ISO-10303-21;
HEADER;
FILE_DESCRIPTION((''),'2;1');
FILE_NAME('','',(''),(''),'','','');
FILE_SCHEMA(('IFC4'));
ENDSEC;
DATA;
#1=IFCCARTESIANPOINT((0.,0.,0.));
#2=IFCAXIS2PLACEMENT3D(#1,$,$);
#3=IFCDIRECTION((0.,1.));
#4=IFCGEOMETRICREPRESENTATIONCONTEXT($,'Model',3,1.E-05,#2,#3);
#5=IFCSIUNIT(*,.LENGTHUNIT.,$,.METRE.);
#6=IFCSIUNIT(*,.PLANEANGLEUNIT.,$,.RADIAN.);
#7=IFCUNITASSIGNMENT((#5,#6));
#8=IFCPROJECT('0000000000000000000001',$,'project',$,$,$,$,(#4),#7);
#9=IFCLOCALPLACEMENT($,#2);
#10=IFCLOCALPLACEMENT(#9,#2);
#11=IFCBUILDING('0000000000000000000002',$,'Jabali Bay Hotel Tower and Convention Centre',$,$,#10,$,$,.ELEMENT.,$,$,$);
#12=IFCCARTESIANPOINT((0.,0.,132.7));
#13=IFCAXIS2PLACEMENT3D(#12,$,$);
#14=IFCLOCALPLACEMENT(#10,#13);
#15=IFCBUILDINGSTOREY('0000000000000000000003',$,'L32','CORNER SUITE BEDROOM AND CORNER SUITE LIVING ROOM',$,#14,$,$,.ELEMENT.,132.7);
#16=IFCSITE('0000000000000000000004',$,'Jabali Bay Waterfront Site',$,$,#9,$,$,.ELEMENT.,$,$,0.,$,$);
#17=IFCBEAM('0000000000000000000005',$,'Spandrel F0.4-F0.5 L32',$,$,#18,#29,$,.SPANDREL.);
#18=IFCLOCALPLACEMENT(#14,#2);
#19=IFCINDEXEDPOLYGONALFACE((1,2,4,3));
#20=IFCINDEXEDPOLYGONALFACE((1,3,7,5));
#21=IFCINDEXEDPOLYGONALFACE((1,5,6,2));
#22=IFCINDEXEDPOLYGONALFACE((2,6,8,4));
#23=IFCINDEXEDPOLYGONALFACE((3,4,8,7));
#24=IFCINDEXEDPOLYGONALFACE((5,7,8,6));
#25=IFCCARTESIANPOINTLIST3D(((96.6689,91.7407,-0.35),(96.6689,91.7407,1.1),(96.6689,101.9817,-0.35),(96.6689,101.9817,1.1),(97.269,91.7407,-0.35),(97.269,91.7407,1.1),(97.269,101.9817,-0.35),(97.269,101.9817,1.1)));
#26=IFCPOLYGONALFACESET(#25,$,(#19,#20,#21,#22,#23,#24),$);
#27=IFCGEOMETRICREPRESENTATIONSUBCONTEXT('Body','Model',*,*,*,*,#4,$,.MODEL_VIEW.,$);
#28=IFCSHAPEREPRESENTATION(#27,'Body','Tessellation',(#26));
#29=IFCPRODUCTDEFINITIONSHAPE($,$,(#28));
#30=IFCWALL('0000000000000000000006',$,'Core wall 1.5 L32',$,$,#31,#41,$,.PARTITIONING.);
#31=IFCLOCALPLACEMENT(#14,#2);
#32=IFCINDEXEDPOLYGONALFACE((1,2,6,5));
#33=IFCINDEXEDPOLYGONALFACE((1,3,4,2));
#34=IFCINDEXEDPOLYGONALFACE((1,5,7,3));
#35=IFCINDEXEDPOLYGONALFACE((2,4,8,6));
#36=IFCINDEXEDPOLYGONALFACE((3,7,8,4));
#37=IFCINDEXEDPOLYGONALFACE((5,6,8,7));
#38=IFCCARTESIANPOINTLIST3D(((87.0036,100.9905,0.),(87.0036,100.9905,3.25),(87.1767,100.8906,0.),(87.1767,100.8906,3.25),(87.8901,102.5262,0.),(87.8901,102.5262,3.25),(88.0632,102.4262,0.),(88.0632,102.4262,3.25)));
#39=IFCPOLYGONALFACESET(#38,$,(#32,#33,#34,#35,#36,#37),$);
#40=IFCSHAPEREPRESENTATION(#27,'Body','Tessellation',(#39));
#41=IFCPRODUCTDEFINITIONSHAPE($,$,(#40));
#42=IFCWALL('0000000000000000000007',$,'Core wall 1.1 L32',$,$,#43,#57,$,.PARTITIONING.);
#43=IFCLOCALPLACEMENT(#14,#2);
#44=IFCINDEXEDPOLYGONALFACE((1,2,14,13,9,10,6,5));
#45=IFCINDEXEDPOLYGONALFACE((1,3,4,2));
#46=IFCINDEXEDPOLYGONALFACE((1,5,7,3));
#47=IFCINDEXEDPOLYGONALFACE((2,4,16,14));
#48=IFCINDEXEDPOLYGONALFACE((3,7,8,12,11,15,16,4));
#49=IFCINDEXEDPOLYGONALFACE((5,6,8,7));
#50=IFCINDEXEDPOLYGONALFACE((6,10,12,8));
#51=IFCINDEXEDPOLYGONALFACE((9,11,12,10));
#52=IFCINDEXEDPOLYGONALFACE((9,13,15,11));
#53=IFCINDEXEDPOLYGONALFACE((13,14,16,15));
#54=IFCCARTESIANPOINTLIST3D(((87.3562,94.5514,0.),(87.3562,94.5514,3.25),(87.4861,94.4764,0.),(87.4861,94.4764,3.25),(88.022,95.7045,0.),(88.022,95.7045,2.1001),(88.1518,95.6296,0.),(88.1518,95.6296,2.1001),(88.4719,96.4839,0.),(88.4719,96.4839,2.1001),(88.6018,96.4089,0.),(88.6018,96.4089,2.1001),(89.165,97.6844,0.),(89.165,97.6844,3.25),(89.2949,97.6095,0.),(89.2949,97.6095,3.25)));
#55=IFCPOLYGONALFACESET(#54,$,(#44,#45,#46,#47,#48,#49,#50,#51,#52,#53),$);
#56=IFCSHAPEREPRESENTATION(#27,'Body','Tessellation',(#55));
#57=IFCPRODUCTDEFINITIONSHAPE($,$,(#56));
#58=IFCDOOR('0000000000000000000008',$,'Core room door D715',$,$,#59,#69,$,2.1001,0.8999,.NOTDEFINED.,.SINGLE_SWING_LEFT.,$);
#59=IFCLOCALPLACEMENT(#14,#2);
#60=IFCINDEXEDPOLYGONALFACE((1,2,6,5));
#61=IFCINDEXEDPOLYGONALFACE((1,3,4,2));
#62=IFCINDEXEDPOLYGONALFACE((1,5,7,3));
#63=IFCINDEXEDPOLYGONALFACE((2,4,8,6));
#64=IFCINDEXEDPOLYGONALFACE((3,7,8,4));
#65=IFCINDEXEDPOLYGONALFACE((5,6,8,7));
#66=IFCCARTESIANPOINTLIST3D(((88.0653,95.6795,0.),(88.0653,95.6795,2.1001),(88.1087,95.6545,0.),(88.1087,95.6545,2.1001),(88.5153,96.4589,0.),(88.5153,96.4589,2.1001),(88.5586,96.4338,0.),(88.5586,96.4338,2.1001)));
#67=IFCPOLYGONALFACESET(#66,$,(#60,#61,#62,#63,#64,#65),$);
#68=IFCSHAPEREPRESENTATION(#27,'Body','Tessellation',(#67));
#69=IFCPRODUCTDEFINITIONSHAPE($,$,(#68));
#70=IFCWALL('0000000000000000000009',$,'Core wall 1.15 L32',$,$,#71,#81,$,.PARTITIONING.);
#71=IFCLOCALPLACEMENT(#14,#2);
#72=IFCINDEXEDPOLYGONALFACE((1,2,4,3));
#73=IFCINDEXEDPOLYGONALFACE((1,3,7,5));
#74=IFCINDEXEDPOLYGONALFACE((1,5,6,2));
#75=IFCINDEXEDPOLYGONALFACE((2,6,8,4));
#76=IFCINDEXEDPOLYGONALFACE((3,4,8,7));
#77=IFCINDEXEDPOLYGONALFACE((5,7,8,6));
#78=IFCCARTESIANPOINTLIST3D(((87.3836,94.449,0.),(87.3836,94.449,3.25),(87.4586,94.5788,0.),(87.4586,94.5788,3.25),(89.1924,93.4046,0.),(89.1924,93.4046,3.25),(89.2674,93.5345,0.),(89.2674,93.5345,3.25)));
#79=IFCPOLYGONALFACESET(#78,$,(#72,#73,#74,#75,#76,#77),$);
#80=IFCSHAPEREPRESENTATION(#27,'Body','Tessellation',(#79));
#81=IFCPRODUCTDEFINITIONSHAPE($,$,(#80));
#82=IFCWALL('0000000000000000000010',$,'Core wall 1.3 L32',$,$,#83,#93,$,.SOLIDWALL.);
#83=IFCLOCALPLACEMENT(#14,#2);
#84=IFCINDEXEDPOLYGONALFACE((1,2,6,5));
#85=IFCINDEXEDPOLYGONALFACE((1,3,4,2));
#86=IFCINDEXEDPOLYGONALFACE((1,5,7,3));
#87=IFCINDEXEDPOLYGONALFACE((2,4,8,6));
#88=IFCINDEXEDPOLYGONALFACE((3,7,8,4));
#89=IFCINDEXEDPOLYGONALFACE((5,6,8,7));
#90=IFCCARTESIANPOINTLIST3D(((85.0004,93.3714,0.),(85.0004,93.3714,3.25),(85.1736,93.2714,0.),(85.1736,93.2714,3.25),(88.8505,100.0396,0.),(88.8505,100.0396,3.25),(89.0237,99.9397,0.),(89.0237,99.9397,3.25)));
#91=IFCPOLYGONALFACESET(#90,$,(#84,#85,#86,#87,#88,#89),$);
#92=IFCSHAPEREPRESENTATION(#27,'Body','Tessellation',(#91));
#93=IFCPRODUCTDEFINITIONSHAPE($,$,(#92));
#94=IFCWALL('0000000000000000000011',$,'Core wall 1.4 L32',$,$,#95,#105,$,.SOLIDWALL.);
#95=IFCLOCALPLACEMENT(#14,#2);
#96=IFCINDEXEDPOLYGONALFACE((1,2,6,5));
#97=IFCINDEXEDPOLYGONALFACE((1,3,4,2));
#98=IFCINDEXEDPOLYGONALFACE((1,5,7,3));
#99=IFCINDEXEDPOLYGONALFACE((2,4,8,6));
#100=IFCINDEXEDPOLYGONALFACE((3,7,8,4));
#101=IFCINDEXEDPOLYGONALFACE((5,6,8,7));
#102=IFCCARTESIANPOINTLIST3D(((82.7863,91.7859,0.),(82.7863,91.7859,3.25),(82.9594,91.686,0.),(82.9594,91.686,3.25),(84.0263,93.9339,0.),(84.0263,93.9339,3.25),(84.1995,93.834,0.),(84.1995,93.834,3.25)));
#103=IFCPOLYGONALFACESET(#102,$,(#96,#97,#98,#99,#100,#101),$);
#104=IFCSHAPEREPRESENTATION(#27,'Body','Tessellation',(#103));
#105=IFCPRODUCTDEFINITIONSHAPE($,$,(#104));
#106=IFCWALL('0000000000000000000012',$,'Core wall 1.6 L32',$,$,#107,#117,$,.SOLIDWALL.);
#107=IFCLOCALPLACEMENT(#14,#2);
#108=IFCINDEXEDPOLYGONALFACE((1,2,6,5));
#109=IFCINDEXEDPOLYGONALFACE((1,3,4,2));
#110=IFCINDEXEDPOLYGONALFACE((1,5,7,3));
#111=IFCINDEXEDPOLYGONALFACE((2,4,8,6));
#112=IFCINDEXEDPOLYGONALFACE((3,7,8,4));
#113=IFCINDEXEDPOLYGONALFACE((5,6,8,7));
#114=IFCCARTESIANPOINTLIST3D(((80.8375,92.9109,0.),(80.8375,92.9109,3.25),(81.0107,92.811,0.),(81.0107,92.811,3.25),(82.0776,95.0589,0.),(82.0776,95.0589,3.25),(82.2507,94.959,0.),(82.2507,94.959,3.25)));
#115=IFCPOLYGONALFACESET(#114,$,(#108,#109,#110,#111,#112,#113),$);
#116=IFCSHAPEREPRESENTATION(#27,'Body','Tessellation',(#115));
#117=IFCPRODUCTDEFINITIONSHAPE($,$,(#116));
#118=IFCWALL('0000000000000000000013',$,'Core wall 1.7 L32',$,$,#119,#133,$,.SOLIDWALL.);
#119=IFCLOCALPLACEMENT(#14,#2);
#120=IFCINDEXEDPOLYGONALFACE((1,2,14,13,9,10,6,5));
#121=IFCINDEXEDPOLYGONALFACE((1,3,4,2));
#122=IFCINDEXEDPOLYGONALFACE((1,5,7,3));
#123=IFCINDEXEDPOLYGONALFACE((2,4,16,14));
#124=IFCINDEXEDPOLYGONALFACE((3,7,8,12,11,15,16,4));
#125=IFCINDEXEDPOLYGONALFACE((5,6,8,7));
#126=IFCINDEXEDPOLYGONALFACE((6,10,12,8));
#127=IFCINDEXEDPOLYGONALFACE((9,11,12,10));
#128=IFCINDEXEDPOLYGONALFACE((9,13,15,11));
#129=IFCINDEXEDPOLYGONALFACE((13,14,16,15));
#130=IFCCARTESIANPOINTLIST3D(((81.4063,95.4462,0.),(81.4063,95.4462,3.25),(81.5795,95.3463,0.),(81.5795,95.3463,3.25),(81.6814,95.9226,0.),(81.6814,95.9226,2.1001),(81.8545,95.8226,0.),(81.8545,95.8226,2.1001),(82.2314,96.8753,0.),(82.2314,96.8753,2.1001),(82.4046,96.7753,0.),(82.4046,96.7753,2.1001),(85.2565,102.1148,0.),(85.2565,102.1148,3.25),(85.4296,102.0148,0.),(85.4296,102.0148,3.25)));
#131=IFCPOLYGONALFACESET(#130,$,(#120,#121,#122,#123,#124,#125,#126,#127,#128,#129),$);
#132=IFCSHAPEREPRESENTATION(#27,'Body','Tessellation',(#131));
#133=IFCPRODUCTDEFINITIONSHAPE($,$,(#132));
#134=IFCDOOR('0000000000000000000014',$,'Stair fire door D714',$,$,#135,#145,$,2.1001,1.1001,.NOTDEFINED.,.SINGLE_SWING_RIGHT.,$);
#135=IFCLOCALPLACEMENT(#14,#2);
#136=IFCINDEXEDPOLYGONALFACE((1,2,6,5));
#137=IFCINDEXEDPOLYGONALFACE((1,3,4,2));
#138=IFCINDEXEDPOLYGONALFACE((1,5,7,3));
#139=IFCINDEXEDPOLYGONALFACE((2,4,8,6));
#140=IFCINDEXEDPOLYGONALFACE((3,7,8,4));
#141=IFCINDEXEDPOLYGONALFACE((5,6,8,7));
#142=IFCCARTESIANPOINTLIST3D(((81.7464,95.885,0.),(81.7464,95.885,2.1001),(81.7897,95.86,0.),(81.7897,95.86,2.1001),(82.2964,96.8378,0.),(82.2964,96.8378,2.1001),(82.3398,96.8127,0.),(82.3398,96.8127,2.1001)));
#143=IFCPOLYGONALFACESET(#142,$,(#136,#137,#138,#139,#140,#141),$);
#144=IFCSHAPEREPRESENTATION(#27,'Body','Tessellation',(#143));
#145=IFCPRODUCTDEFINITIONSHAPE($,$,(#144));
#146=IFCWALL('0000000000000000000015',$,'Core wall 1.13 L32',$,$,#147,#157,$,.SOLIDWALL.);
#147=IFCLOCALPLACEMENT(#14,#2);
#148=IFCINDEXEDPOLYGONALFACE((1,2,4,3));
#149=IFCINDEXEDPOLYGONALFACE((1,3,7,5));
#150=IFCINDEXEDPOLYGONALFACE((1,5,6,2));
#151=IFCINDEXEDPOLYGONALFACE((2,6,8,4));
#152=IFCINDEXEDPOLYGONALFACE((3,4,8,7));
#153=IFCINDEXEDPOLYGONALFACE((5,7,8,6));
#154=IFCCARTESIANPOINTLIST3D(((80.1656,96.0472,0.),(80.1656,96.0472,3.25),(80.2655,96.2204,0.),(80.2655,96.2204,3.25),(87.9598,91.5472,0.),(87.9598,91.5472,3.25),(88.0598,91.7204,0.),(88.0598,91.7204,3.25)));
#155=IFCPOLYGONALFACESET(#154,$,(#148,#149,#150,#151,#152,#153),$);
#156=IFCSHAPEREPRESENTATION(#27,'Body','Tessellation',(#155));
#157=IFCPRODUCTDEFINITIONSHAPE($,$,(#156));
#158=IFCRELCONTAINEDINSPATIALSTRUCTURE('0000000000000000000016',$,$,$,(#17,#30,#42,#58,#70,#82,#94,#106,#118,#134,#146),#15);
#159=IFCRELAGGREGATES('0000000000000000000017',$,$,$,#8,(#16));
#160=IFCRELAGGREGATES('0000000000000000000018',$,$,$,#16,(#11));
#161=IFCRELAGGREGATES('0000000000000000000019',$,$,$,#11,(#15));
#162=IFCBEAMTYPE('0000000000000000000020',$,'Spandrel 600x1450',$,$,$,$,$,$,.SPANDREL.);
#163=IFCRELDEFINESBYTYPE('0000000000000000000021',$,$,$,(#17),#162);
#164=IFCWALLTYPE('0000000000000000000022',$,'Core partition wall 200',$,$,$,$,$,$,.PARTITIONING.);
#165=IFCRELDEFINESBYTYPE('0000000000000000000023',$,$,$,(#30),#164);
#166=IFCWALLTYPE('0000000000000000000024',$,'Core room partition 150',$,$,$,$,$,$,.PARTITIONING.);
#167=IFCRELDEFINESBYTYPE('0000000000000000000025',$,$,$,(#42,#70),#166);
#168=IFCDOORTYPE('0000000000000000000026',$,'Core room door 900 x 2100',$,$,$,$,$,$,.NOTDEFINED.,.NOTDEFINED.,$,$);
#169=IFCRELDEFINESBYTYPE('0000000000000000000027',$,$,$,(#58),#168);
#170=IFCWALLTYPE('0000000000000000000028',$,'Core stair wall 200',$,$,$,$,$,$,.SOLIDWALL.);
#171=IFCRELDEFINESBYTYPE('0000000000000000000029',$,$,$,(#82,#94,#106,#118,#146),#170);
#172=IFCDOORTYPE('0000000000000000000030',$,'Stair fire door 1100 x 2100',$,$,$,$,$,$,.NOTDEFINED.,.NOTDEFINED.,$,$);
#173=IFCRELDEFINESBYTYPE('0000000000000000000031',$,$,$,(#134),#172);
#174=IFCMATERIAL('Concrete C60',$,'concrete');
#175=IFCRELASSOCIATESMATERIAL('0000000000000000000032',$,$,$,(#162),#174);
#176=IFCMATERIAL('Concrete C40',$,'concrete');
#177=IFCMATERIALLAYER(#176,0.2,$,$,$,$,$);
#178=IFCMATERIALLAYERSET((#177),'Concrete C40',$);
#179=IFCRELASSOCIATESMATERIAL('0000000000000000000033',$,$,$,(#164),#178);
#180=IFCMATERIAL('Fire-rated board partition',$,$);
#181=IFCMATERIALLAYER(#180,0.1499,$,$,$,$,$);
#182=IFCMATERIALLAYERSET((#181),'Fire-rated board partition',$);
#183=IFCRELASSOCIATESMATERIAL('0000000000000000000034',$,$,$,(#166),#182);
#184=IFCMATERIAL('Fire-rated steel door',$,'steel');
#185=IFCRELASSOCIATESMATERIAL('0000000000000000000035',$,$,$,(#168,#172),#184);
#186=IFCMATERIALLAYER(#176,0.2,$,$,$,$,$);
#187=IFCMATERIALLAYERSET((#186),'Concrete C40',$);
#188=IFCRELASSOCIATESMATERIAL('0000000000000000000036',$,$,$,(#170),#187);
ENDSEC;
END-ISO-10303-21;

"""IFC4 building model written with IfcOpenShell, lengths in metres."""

from ifc_helpers import new_model, si_unit, direction, frame, frame_2d, origin, origin_2d, place, context, subcontext, project, spatial, rectangle, extrude, material, layer, layer_set, material_profile, profile_set, type_object, element, fill, save


model = new_model("IFC4")

# Units and contexts
model_context = context("Model", 3, precision=1e-05, world=origin(), true_north=direction((0.0, 1.0)))
body_context = subcontext(model_context, "Body", "Model", "MODEL_VIEW")
ifc_project = project(units=[si_unit("LENGTHUNIT", "METRE"), si_unit("PLANEANGLEUNIT", "RADIAN")], contexts=[model_context])

# Site, building, storey
site_placement = place(None, origin())
site = spatial("IfcSite", under=ifc_project, at=site_placement, Name="Jabali Bay Waterfront Site", CompositionType="ELEMENT", RefElevation=0.0)
building_placement = place(site_placement, origin())
building = spatial("IfcBuilding", under=site, at=building_placement, Name="Jabali Bay Hotel Tower and Convention Centre", CompositionType="ELEMENT")
storey_placement = place(building_placement, frame((0.0, 0.0, 132.7)))
storey = spatial("IfcBuildingStorey", under=building, at=storey_placement, Name="L32", Description="CORNER SUITE BEDROOM AND CORNER SUITE LIVING ROOM", CompositionType="ELEMENT", Elevation=132.7)

# Beam
ifc_material_1 = material(Name="Concrete C60", Category="concrete")
ifc_material_profile = material_profile(ifc_material_1, rectangle(XDim=0.6001, YDim=1.45, at=origin_2d()), Name="Spandrel 600x1450")
ifc_profile_set = profile_set([ifc_material_profile], Name="Concrete C60")
beam_type = type_object("IfcBeamType", Name="Spandrel 600x1450", PredefinedType="SPANDREL", material=ifc_profile_set)
beam_placement = place(storey_placement, frame((96.969, 91.7407, 0.375), z_axis=(0.0, 1.0, 0.0), x_axis=(-1.0, 0.0, 0.0)))
element("IfcBeam", 1, at=beam_placement, inside=storey, type_object=beam_type, Name="Spandrel F0.4-F0.5 L32", PredefinedType="SPANDREL", context=body_context, shape_type="SweptSolid", body=[
    extrude(rectangle(XDim=0.6001, YDim=1.45, at=origin_2d()), origin(), (0.0, 0.0, 1.0), 10.241),
])

# Wall
ifc_material_2 = material(Name="Concrete C40", Category="concrete")
ifc_layer_1 = layer(ifc_material_2, 0.2)
ifc_layer_set_1 = layer_set([ifc_layer_1], Name="Concrete C40")
wall_type_1 = type_object("IfcWallType", Name="Core partition wall 200", PredefinedType="PARTITIONING", material=ifc_layer_set_1)
wall_1_placement = place(storey_placement, frame((87.0901, 100.9404, 0.0), z_axis=(0.0, 0.0, 1.0), x_axis=(0.499945, 0.866057, 0.0)))
element("IfcWall", 2, at=wall_1_placement, inside=storey, type_object=wall_type_1, Name="Core wall 1.5 L32", PredefinedType="PARTITIONING", context=body_context, shape_type="SweptSolid", body=[
    extrude(rectangle(XDim=1.7732, YDim=0.2, at=frame_2d((0.8867, 0.0))), origin(), (0.0, 0.0, 1.0), 3.25),
])

# Wall, opening, door
ifc_material_3 = material(Name="Fire-rated board partition")
ifc_layer_2 = layer(ifc_material_3, 0.1499)
ifc_layer_set_2 = layer_set([ifc_layer_2], Name="Fire-rated board partition")
wall_type_2 = type_object("IfcWallType", Name="Core room partition 150", PredefinedType="PARTITIONING", material=ifc_layer_set_2)
wall_2_placement = place(storey_placement, frame((87.4211, 94.5139, 0.0), z_axis=(0.0, 0.0, 1.0), x_axis=(0.499993, 0.866029, 0.0)))
wall_2 = element("IfcWall", 3, at=wall_2_placement, inside=storey, type_object=wall_type_2, Name="Core wall 1.1 L32", PredefinedType="PARTITIONING", context=body_context, shape_type="SweptSolid", body=[
    extrude(rectangle(XDim=3.6177, YDim=0.1499, at=frame_2d((1.8088, 0.0))), origin(), (0.0, 0.0, 1.0), 3.25),
])
opening_1_placement = place(wall_2_placement, frame((1.3315, 0.0, 0.0)))
opening_1 = element("IfcOpeningElement", 4, at=opening_1_placement, cuts=wall_2, PredefinedType="OPENING", context=body_context, shape_type="SweptSolid", body=[
    extrude(rectangle(XDim=0.8999, YDim=2.1001, at=frame_2d((0.45, 1.05))), frame((0.0, 0.0854, 0.0), z_axis=(0.0, -1.0, 0.0), x_axis=(1.0, 0.0, 0.0)), (0.0, 0.0, 1.0), 0.1709),
])
ifc_material_4 = material(Name="Fire-rated steel door", Category="steel")
door_type_1 = type_object("IfcDoorType", Name="Core room door 900 x 2100", OperationType="NOTDEFINED", PredefinedType="NOTDEFINED", material=ifc_material_4)
door_1_placement = place(opening_1_placement, origin())
door_1 = element("IfcDoor", 5, at=door_1_placement, inside=storey, type_object=door_type_1, Name="Core room door D715", OperationType="SINGLE_SWING_LEFT", OverallHeight=2.1001, OverallWidth=0.8999, PredefinedType="NOTDEFINED", context=body_context, shape_type="SweptSolid", body=[
    extrude(rectangle(XDim=0.8999, YDim=2.1001, at=frame_2d((0.45, 1.05))), frame((0.0, 0.0249, 0.0), z_axis=(0.0, -1.0, 0.0), x_axis=(1.0, 0.0, 0.0)), (0.0, 0.0, 1.0), 0.05),
])
fill(opening_1, door_1)

# Walls
wall_3_placement = place(storey_placement, frame((89.23, 93.4695, 0.0), z_axis=(0.0, 0.0, 1.0), x_axis=(-0.866005, 0.500036, 0.0)))
element("IfcWall", 6, at=wall_3_placement, inside=storey, type_object=wall_type_2, Name="Core wall 1.15 L32", PredefinedType="PARTITIONING", context=body_context, shape_type="SweptSolid", body=[
    extrude(rectangle(XDim=2.0886, YDim=0.1499, at=frame_2d((1.0444, 0.0))), origin(), (0.0, 0.0, 1.0), 3.25),
])
ifc_layer_3 = layer(ifc_material_2, 0.2)
ifc_layer_set_3 = layer_set([ifc_layer_3], Name="Concrete C40")
wall_type_3 = type_object("IfcWallType", Name="Core stair wall 200", PredefinedType="SOLIDWALL", material=ifc_layer_set_3)
wall_4_placement = place(storey_placement, frame((85.0869, 93.3213, 0.0), z_axis=(0.0, 0.0, 1.0), x_axis=(0.50002, 0.866014, 0.0)))
element("IfcWall", 7, at=wall_4_placement, inside=storey, type_object=wall_type_3, Name="Core wall 1.3 L32", PredefinedType="SOLIDWALL", context=body_context, shape_type="SweptSolid", body=[
    extrude(rectangle(XDim=7.7, YDim=0.2, at=frame_2d((3.8501, 0.0))), origin(), (0.0, 0.0, 1.0), 3.25),
])
for number, where, z_axis, x_axis, name in (
    (8, (82.8728, 91.7358, 0.0), (0.0, 0.0, 1.0), (0.499961, 0.866048, 0.0), "Core wall 1.4 L32"),
    (9, (80.9241, 92.8608, 0.0), (0.0, 0.0, 1.0), (0.499961, 0.866048, 0.0), "Core wall 1.6 L32"),
):
    element("IfcWall", number, at=place(storey_placement, frame(where, z_axis=z_axis, x_axis=x_axis)), inside=storey, type_object=wall_type_3, Name=name, PredefinedType="SOLIDWALL", context=body_context, shape_type="SweptSolid", body=[
        extrude(rectangle(XDim=2.4802, YDim=0.2, at=frame_2d((1.2402, 0.0))), origin(), (0.0, 0.0, 1.0), 3.25),
    ])

# Wall, opening, door
wall_5_placement = place(storey_placement, frame((81.4929, 95.3962, 0.0), z_axis=(0.0, 0.0, 1.0), x_axis=(0.500006, 0.866022, 0.0)))
wall_5 = element("IfcWall", 10, at=wall_5_placement, inside=storey, type_object=wall_type_3, Name="Core wall 1.7 L32", PredefinedType="SOLIDWALL", context=body_context, shape_type="SweptSolid", body=[
    extrude(rectangle(XDim=7.7002, YDim=0.2, at=frame_2d((3.8501, 0.0))), origin(), (0.0, 0.0, 1.0), 3.25),
])
opening_2_placement = place(wall_5_placement, frame((0.55, 0.0, 0.0)))
opening_2 = element("IfcOpeningElement", 11, at=opening_2_placement, cuts=wall_5, PredefinedType="OPENING", context=body_context, shape_type="SweptSolid", body=[
    extrude(rectangle(XDim=1.1001, YDim=2.1001, at=frame_2d((0.55, 1.05))), frame((0.0, 0.1104, 0.0), z_axis=(0.0, -1.0, 0.0), x_axis=(1.0, 0.0, 0.0)), (0.0, 0.0, 1.0), 0.2209),
])
door_type_2 = type_object("IfcDoorType", Name="Stair fire door 1100 x 2100", OperationType="NOTDEFINED", PredefinedType="NOTDEFINED", material=ifc_material_4)
door_2_placement = place(opening_2_placement, origin())
door_2 = element("IfcDoor", 12, at=door_2_placement, inside=storey, type_object=door_type_2, Name="Stair fire door D714", OperationType="SINGLE_SWING_RIGHT", OverallHeight=2.1001, OverallWidth=1.1001, PredefinedType="NOTDEFINED", context=body_context, shape_type="SweptSolid", body=[
    extrude(rectangle(XDim=1.1001, YDim=2.1001, at=frame_2d((0.55, 1.05))), frame((0.0, 0.0249, 0.0), z_axis=(0.0, -1.0, 0.0), x_axis=(1.0, 0.0, 0.0)), (0.0, 0.0, 1.0), 0.05),
])
fill(opening_2, door_2)

# Wall
wall_6_placement = place(storey_placement, frame((88.0098, 91.6338, 0.0), z_axis=(0.0, 0.0, 1.0), x_axis=(-0.866024, 0.500002, 0.0)))
element("IfcWall", 13, at=wall_6_placement, inside=storey, type_object=wall_type_3, Name="Core wall 1.13 L32", PredefinedType="SOLIDWALL", context=body_context, shape_type="SweptSolid", body=[
    extrude(rectangle(XDim=9.0, YDim=0.2, at=frame_2d((4.5, 0.0))), origin(), (0.0, 0.0, 1.0), 3.25),
])

save(model, "model.ifc")
